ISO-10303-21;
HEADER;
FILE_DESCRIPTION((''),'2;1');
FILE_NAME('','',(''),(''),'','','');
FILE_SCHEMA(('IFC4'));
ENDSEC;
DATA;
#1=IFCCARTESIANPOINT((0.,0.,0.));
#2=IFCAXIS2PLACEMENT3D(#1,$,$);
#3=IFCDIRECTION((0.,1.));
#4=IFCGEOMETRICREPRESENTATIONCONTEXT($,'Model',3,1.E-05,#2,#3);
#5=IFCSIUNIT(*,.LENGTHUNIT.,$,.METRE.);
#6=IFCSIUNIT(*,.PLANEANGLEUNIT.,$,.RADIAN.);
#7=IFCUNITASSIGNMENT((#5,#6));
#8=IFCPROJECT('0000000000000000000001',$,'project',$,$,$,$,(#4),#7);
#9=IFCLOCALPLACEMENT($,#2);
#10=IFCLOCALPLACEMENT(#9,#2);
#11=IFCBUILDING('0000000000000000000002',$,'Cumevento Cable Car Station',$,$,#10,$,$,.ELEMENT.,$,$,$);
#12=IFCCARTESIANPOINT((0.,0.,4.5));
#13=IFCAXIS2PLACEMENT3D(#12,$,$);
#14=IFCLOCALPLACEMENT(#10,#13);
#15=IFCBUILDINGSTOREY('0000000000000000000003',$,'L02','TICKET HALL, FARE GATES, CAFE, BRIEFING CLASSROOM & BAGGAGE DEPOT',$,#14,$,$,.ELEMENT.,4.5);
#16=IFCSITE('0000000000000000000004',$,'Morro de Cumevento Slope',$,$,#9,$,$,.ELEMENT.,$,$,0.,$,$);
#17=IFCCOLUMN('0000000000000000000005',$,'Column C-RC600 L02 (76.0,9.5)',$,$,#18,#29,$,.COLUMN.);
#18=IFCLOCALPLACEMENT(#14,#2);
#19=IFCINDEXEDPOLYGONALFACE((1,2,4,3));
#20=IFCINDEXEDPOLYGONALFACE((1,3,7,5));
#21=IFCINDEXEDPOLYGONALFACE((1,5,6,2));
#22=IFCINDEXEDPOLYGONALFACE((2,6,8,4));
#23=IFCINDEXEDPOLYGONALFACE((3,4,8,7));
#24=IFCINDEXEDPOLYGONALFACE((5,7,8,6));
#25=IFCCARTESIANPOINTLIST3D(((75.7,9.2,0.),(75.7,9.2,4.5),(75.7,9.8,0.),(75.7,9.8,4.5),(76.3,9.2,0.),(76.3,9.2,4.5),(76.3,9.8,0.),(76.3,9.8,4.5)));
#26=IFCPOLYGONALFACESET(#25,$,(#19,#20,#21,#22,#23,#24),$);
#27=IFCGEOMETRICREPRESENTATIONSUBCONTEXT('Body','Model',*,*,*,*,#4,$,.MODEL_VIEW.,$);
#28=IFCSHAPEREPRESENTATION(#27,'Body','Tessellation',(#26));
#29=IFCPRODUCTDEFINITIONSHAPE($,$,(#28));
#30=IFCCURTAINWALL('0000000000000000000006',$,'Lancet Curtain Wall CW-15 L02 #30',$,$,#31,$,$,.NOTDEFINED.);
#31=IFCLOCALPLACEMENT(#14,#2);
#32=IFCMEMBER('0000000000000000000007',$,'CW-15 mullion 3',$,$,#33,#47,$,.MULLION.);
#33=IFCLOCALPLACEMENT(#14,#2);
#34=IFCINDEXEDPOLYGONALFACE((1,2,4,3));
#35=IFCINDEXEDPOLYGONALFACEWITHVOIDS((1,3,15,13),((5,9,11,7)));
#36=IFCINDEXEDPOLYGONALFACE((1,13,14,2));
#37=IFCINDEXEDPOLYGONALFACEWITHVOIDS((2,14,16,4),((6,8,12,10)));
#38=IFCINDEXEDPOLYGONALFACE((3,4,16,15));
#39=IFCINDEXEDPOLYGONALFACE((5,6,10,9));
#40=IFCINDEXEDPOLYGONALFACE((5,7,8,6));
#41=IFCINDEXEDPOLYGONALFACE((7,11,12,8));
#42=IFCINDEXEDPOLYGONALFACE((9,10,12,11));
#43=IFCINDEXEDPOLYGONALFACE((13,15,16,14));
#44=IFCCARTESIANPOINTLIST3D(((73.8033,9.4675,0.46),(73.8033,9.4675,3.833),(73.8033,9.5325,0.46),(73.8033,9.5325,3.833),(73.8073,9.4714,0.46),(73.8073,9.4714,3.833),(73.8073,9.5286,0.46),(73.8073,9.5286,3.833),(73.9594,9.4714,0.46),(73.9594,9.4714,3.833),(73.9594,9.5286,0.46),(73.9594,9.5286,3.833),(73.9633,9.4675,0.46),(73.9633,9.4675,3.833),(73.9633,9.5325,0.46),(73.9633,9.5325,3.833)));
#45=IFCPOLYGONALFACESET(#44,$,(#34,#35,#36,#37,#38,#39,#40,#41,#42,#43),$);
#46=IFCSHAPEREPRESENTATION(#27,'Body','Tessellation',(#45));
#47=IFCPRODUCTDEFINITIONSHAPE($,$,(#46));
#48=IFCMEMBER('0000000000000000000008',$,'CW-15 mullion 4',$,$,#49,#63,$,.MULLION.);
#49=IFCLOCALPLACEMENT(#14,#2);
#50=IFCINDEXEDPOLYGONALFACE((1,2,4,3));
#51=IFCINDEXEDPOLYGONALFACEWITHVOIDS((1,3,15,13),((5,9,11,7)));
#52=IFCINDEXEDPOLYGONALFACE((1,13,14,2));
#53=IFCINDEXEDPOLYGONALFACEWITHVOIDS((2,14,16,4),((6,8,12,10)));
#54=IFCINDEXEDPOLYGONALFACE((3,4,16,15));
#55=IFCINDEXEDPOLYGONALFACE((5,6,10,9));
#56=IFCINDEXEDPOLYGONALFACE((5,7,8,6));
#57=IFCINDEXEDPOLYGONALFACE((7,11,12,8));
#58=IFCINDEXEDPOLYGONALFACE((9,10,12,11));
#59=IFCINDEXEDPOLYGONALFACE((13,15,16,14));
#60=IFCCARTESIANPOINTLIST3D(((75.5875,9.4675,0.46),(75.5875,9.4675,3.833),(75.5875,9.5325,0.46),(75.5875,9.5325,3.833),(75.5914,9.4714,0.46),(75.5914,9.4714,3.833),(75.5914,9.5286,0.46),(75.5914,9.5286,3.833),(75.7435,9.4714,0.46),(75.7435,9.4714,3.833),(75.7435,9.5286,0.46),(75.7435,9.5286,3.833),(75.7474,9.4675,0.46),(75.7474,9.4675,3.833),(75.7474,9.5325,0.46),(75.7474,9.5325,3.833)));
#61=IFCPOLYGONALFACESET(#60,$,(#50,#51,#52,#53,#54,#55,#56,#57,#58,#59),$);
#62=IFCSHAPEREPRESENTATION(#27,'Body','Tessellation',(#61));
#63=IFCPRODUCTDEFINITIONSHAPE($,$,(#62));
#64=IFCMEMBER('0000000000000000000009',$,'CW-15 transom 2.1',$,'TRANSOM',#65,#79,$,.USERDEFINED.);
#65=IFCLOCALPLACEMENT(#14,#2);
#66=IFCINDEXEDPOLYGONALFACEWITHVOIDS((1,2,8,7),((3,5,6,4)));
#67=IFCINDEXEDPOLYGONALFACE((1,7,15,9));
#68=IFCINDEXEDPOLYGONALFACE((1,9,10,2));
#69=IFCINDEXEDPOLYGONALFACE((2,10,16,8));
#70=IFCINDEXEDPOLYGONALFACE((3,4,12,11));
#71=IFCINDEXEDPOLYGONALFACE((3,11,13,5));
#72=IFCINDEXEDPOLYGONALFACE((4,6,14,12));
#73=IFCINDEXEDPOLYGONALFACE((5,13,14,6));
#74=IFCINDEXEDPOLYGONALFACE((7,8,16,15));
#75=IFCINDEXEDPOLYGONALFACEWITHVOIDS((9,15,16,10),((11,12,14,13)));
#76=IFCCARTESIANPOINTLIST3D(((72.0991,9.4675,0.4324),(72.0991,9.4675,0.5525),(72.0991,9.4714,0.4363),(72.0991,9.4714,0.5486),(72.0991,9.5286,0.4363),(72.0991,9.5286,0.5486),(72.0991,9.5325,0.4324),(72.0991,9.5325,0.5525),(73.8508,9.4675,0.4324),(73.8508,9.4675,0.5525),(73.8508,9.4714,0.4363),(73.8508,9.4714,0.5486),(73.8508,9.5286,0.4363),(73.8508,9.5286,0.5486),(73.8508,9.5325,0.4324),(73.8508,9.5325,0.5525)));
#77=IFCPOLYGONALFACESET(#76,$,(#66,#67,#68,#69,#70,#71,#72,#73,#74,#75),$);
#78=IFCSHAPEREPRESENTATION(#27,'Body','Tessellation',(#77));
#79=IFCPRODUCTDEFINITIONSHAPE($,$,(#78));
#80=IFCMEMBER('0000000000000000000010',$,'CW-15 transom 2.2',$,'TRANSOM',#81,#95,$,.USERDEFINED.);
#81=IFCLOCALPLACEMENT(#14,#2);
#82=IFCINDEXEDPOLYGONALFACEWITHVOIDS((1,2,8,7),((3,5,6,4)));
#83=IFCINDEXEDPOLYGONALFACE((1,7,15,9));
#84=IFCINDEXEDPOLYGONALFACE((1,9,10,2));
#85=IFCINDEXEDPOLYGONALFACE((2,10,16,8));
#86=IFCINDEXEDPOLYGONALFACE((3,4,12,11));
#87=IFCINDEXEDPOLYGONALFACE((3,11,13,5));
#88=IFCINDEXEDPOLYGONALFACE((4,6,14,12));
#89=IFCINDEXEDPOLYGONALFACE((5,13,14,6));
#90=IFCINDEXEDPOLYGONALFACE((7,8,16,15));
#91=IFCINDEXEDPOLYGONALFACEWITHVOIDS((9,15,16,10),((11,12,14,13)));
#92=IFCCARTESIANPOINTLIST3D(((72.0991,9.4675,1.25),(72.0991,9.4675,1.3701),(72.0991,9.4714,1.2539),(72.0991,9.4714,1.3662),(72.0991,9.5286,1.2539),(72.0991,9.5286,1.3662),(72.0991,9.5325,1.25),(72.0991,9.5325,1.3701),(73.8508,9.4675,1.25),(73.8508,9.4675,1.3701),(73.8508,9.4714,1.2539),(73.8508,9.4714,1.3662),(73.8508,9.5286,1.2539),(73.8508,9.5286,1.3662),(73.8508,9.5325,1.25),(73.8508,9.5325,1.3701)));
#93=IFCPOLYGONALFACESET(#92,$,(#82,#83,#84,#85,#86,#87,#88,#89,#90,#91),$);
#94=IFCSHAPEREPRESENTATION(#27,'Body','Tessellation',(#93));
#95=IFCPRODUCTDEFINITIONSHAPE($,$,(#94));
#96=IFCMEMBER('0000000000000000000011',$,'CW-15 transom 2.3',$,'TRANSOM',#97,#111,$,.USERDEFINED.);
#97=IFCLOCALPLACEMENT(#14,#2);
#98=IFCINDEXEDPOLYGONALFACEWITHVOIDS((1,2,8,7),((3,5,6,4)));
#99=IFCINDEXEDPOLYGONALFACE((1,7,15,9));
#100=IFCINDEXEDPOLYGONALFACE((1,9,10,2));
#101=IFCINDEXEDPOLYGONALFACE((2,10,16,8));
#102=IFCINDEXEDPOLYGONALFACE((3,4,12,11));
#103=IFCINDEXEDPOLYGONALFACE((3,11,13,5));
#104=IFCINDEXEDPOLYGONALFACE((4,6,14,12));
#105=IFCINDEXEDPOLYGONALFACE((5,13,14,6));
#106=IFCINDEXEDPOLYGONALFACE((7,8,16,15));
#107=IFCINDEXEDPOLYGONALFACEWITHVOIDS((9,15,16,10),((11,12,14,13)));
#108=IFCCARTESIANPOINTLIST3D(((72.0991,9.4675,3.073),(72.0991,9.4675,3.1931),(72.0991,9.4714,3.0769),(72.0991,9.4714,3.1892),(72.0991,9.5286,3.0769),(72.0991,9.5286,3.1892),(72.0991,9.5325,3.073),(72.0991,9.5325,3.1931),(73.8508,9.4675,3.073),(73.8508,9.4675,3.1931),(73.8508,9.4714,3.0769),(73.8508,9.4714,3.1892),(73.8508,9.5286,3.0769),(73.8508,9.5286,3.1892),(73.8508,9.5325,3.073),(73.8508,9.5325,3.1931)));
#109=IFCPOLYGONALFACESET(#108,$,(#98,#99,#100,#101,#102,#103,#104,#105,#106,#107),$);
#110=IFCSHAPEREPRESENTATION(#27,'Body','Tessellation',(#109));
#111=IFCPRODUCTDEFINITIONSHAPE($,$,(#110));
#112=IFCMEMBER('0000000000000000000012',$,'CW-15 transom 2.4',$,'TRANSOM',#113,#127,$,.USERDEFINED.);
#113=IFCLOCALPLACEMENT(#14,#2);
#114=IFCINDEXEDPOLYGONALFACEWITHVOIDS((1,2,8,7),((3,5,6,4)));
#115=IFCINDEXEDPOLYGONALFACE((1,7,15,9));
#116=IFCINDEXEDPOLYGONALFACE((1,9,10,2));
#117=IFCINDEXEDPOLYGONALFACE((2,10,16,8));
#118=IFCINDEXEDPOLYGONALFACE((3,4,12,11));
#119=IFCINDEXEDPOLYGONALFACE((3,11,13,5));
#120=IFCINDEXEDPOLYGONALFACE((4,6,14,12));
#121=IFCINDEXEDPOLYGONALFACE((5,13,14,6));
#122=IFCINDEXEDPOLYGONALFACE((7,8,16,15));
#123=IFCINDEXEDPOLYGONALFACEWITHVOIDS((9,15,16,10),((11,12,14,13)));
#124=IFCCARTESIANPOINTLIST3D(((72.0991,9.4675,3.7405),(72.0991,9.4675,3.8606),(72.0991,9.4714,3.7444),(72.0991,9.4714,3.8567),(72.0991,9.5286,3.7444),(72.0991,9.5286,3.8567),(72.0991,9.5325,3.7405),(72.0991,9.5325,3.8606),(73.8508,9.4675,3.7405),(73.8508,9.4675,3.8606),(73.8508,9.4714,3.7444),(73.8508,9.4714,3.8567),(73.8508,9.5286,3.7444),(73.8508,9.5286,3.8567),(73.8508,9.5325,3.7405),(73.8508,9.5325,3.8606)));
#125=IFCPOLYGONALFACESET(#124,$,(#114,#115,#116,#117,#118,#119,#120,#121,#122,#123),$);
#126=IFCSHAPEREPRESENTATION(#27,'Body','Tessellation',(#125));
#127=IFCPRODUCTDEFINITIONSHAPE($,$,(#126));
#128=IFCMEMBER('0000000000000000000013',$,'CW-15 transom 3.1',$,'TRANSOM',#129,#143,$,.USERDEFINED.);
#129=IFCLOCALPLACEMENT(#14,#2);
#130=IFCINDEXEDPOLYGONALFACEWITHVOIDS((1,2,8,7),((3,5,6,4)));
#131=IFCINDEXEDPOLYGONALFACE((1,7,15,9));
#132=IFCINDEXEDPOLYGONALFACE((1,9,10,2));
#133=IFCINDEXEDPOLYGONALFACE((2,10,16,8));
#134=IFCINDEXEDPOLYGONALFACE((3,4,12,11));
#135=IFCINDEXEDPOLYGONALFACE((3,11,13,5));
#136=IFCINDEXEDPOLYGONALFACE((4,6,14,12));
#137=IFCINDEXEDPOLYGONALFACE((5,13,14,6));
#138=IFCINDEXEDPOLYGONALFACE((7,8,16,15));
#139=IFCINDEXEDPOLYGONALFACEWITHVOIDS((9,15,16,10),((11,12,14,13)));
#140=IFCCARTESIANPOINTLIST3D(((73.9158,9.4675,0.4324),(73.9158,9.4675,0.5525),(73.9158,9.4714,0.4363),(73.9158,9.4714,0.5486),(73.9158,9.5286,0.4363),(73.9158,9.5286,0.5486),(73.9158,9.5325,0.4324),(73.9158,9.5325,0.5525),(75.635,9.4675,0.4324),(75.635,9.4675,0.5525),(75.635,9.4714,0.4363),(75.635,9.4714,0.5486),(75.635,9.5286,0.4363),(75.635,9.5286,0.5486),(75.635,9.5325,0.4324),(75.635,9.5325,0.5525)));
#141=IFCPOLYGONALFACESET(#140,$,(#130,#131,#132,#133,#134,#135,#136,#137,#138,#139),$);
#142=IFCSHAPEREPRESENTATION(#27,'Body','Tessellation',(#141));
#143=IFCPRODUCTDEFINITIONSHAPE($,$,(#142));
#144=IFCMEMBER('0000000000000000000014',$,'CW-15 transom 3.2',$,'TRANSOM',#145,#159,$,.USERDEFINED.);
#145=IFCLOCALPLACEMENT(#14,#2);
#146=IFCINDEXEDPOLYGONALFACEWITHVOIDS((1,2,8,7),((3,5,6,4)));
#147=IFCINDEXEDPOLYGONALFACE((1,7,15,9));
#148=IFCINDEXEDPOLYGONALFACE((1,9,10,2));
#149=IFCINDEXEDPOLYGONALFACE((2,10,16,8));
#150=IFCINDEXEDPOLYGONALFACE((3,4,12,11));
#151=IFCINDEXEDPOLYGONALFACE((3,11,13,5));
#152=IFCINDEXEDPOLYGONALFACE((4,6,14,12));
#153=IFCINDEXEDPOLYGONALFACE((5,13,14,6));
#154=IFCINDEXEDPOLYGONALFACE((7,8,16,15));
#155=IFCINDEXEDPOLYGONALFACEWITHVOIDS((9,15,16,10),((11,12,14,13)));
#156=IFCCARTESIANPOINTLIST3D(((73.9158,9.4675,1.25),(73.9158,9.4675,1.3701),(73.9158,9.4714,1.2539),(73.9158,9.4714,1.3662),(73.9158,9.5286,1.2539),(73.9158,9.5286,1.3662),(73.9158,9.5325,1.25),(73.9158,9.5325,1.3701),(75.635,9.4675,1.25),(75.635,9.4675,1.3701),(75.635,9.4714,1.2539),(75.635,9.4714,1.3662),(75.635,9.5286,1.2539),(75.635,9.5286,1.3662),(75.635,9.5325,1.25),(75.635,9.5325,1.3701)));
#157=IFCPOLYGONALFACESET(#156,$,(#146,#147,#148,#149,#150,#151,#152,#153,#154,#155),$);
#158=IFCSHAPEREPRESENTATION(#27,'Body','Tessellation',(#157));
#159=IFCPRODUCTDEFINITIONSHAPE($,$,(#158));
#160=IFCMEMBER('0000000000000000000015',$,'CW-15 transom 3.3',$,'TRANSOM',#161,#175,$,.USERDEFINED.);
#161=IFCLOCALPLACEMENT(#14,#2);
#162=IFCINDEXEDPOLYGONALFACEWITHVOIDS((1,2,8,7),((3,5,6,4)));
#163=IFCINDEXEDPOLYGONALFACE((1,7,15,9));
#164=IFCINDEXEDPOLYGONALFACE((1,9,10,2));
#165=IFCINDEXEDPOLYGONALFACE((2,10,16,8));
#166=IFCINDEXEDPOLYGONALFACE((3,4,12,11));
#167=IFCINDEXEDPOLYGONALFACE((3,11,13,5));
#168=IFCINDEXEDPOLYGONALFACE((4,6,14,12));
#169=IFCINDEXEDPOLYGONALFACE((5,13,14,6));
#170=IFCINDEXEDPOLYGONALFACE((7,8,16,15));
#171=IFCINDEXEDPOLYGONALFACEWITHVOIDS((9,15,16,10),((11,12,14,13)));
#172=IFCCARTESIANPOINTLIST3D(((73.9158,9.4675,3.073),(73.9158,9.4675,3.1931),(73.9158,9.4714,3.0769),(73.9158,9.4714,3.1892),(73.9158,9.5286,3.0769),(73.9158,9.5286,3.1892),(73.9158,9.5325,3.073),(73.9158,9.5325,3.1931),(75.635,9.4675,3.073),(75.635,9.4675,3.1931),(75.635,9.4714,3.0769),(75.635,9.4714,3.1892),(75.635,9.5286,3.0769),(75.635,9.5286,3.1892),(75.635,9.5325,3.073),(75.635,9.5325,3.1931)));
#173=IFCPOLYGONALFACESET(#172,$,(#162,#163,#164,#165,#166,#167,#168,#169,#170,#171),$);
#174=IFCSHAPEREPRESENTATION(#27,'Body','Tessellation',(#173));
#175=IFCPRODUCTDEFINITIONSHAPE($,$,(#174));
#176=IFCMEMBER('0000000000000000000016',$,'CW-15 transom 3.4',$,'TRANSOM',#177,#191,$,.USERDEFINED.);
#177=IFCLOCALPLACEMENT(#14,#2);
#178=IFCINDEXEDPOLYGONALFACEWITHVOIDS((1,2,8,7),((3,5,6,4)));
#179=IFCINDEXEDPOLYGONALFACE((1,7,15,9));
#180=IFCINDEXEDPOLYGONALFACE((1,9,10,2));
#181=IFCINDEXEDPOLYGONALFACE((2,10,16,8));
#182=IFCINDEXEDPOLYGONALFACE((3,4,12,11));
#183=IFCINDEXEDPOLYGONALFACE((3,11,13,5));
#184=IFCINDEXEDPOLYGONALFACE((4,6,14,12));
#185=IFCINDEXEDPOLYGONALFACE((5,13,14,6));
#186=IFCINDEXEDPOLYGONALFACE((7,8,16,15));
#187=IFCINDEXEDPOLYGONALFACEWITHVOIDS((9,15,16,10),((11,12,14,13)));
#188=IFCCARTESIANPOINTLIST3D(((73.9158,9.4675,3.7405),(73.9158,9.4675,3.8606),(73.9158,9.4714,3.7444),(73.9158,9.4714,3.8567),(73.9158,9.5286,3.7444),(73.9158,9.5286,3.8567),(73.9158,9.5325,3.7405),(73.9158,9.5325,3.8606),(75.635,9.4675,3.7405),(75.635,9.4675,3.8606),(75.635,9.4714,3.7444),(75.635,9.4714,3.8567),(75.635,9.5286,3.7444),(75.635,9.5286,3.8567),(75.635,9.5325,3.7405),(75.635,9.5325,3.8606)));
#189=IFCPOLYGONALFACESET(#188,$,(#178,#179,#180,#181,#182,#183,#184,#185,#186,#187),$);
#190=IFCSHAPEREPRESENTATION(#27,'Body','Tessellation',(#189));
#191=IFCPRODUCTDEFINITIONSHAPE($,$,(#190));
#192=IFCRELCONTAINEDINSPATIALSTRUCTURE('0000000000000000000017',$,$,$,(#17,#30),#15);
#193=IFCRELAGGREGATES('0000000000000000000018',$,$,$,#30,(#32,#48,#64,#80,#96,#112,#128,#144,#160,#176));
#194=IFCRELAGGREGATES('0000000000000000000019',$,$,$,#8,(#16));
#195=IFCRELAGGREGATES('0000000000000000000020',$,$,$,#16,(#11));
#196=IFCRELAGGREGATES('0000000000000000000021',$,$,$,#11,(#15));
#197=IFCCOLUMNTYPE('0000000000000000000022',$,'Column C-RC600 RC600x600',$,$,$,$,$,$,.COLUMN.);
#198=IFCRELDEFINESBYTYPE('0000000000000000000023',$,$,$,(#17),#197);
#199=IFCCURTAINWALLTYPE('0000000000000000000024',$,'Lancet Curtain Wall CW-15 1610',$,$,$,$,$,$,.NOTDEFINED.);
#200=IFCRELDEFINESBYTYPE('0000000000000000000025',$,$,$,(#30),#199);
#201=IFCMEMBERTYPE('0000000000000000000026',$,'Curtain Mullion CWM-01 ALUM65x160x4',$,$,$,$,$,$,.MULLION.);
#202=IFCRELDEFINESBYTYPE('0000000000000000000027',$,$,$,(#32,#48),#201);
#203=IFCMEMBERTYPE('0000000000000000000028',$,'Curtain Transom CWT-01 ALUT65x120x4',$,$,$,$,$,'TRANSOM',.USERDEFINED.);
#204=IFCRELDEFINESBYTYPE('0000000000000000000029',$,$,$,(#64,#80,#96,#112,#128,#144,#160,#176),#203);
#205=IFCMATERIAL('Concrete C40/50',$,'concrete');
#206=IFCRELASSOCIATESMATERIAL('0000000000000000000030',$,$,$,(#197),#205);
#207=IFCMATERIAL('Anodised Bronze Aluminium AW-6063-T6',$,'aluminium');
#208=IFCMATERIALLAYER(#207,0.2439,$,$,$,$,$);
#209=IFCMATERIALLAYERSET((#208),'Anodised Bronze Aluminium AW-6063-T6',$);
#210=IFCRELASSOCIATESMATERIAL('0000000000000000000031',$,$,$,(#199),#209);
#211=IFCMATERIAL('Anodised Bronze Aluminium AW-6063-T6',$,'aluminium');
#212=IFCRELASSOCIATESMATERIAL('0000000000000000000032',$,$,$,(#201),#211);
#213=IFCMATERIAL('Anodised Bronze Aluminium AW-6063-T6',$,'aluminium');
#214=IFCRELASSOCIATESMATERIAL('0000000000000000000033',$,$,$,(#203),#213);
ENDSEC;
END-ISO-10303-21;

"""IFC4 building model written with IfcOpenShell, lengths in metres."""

from ifc_helpers import new_model, si_unit, direction, frame, origin, origin_2d, place, context, subcontext, project, spatial, rectangle, hollow_rectangle, extrude, material, layer, layer_set, material_profile, profile_set, type_object, element, aggregate, save


model = new_model("IFC4")

# Units and contexts
model_context = context("Model", 3, precision=1e-05, world=origin(), true_north=direction((0.0, 1.0)))
body_context = subcontext(model_context, "Body", "Model", "MODEL_VIEW")
ifc_project = project(units=[si_unit("LENGTHUNIT", "METRE"), si_unit("PLANEANGLEUNIT", "RADIAN")], contexts=[model_context])

# Site, building, storey
site_placement = place(None, origin())
site = spatial("IfcSite", under=ifc_project, at=site_placement, Name="Morro de Cumevento Slope", CompositionType="ELEMENT", RefElevation=0.0)
building_placement = place(site_placement, origin())
building = spatial("IfcBuilding", under=site, at=building_placement, Name="Cumevento Cable Car Station", CompositionType="ELEMENT")
storey_placement = place(building_placement, frame((0.0, 0.0, 4.5)))
storey = spatial("IfcBuildingStorey", under=building, at=storey_placement, Name="L02", Description="TICKET HALL, FARE GATES, CAFE, BRIEFING CLASSROOM & BAGGAGE DEPOT", CompositionType="ELEMENT", Elevation=4.5)

# Column
ifc_material_1 = material(Name="Concrete C40/50", Category="concrete")
ifc_material_profile_1 = material_profile(ifc_material_1, rectangle(XDim=0.6001, YDim=0.6001, at=origin_2d()), Name="RC600x600")
ifc_profile_set_1 = profile_set([ifc_material_profile_1], Name="Concrete C40/50")
column_type = type_object("IfcColumnType", Name="Column C-RC600 RC600x600", PredefinedType="COLUMN", material=ifc_profile_set_1)
column_placement = place(storey_placement, frame((76.0, 9.5, 0.0), z_axis=(0.0, 0.0, 1.0), x_axis=(1.0, 0.0, 0.0)))
element("IfcColumn", 1, at=column_placement, inside=storey, type_object=column_type, Name="Column C-RC600 L02 (76.0,9.5)", PredefinedType="COLUMN", context=body_context, shape_type="SweptSolid", body=[
    extrude(rectangle(XDim=0.6001, YDim=0.6001, at=origin_2d()), origin(), (0.0, 0.0, 1.0), 4.5),
])

# Curtain wall, members
ifc_material_2 = material(Name="Anodised Bronze Aluminium AW-6063-T6", Category="aluminium")
ifc_layer_1 = layer(ifc_material_2, 0.2439)
ifc_layer_set_1 = layer_set([ifc_layer_1], Name="Anodised Bronze Aluminium AW-6063-T6")
curtain_wall_type = type_object("IfcCurtainWallType", Name="Lancet Curtain Wall CW-15 1610", PredefinedType="NOTDEFINED", material=ifc_layer_set_1)
curtain_wall_placement = place(storey_placement, origin())
curtain_wall = element("IfcCurtainWall", 2, at=curtain_wall_placement, inside=storey, type_object=curtain_wall_type, Name="Lancet Curtain Wall CW-15 L02 #30", PredefinedType="NOTDEFINED")
ifc_material_3 = material(Name="Anodised Bronze Aluminium AW-6063-T6", Category="aluminium")
ifc_material_profile_2 = material_profile(ifc_material_3, hollow_rectangle(XDim=0.0649, YDim=0.1599, WallThickness=0.0039, at=origin_2d()), Name="ALUM65x160x4")
ifc_profile_set_2 = profile_set([ifc_material_profile_2], Name="Anodised Bronze Aluminium AW-6063-T6")
member_type_1 = type_object("IfcMemberType", Name="Curtain Mullion CWM-01 ALUM65x160x4", PredefinedType="MULLION", material=ifc_profile_set_2)
member_1_placement = place(storey_placement, frame((73.8833, 9.5, 0.46), z_axis=(0.0, 0.0, 1.0), x_axis=(0.0, 1.0, 0.0)))
member_1 = element("IfcMember", 3, at=member_1_placement, type_object=member_type_1, Name="CW-15 mullion 3", PredefinedType="MULLION", context=body_context, shape_type="SweptSolid", body=[
    extrude(hollow_rectangle(XDim=0.0649, YDim=0.1599, WallThickness=0.0039, at=origin_2d()), origin(), (0.0, 0.0, 1.0), 3.373),
])
member_2_placement = place(storey_placement, frame((75.6675, 9.5, 0.46), z_axis=(0.0, 0.0, 1.0), x_axis=(0.0, 1.0, 0.0)))
member_2 = element("IfcMember", 4, at=member_2_placement, type_object=member_type_1, Name="CW-15 mullion 4", PredefinedType="MULLION", context=body_context, shape_type="SweptSolid", body=[
    extrude(hollow_rectangle(XDim=0.0649, YDim=0.1599, WallThickness=0.0039, at=origin_2d()), origin(), (0.0, 0.0, 1.0), 3.373),
])
ifc_material_4 = material(Name="Anodised Bronze Aluminium AW-6063-T6", Category="aluminium")
ifc_material_profile_3 = material_profile(ifc_material_4, hollow_rectangle(XDim=0.0649, YDim=0.1201, WallThickness=0.0039, at=origin_2d()), Name="ALUT65x120x4")
ifc_profile_set_3 = profile_set([ifc_material_profile_3], Name="Anodised Bronze Aluminium AW-6063-T6")
member_type_2 = type_object("IfcMemberType", Name="Curtain Transom CWT-01 ALUT65x120x4", ElementType="TRANSOM", PredefinedType="USERDEFINED", material=ifc_profile_set_3)
member_3_placement = place(storey_placement, frame((72.0991, 9.5, 0.4924), z_axis=(1.0, 0.0, 0.0), x_axis=(0.0, 1.0, 0.0)))
member_3 = element("IfcMember", 5, at=member_3_placement, type_object=member_type_2, Name="CW-15 transom 2.1", ObjectType="TRANSOM", PredefinedType="USERDEFINED", context=body_context, shape_type="SweptSolid", body=[
    extrude(hollow_rectangle(XDim=0.0649, YDim=0.1201, WallThickness=0.0039, at=origin_2d()), origin(), (0.0, 0.0, 1.0), 1.7517),
])
member_4_placement = place(storey_placement, frame((72.0991, 9.5, 1.3101), z_axis=(1.0, 0.0, 0.0), x_axis=(0.0, 1.0, 0.0)))
member_4 = element("IfcMember", 6, at=member_4_placement, type_object=member_type_2, Name="CW-15 transom 2.2", ObjectType="TRANSOM", PredefinedType="USERDEFINED", context=body_context, shape_type="SweptSolid", body=[
    extrude(hollow_rectangle(XDim=0.0649, YDim=0.1201, WallThickness=0.0039, at=origin_2d()), origin(), (0.0, 0.0, 1.0), 1.7517),
])
member_5_placement = place(storey_placement, frame((72.0991, 9.5, 3.1331), z_axis=(1.0, 0.0, 0.0), x_axis=(0.0, 1.0, 0.0)))
member_5 = element("IfcMember", 7, at=member_5_placement, type_object=member_type_2, Name="CW-15 transom 2.3", ObjectType="TRANSOM", PredefinedType="USERDEFINED", context=body_context, shape_type="SweptSolid", body=[
    extrude(hollow_rectangle(XDim=0.0649, YDim=0.1201, WallThickness=0.0039, at=origin_2d()), origin(), (0.0, 0.0, 1.0), 1.7517),
])
member_6_placement = place(storey_placement, frame((72.0991, 9.5, 3.8005), z_axis=(1.0, 0.0, 0.0), x_axis=(0.0, 1.0, 0.0)))
member_6 = element("IfcMember", 8, at=member_6_placement, type_object=member_type_2, Name="CW-15 transom 2.4", ObjectType="TRANSOM", PredefinedType="USERDEFINED", context=body_context, shape_type="SweptSolid", body=[
    extrude(hollow_rectangle(XDim=0.0649, YDim=0.1201, WallThickness=0.0039, at=origin_2d()), origin(), (0.0, 0.0, 1.0), 1.7517),
])
member_7_placement = place(storey_placement, frame((73.9158, 9.5, 0.4924), z_axis=(1.0, 0.0, 0.0), x_axis=(0.0, 1.0, 0.0)))
member_7 = element("IfcMember", 9, at=member_7_placement, type_object=member_type_2, Name="CW-15 transom 3.1", ObjectType="TRANSOM", PredefinedType="USERDEFINED", context=body_context, shape_type="SweptSolid", body=[
    extrude(hollow_rectangle(XDim=0.0649, YDim=0.1201, WallThickness=0.0039, at=origin_2d()), origin(), (0.0, 0.0, 1.0), 1.7192),
])
member_8_placement = place(storey_placement, frame((73.9158, 9.5, 1.3101), z_axis=(1.0, 0.0, 0.0), x_axis=(0.0, 1.0, 0.0)))
member_8 = element("IfcMember", 10, at=member_8_placement, type_object=member_type_2, Name="CW-15 transom 3.2", ObjectType="TRANSOM", PredefinedType="USERDEFINED", context=body_context, shape_type="SweptSolid", body=[
    extrude(hollow_rectangle(XDim=0.0649, YDim=0.1201, WallThickness=0.0039, at=origin_2d()), origin(), (0.0, 0.0, 1.0), 1.7192),
])
member_9_placement = place(storey_placement, frame((73.9158, 9.5, 3.1331), z_axis=(1.0, 0.0, 0.0), x_axis=(0.0, 1.0, 0.0)))
member_9 = element("IfcMember", 11, at=member_9_placement, type_object=member_type_2, Name="CW-15 transom 3.3", ObjectType="TRANSOM", PredefinedType="USERDEFINED", context=body_context, shape_type="SweptSolid", body=[
    extrude(hollow_rectangle(XDim=0.0649, YDim=0.1201, WallThickness=0.0039, at=origin_2d()), origin(), (0.0, 0.0, 1.0), 1.7192),
])
member_10_placement = place(storey_placement, frame((73.9158, 9.5, 3.8005), z_axis=(1.0, 0.0, 0.0), x_axis=(0.0, 1.0, 0.0)))
member_10 = element("IfcMember", 12, at=member_10_placement, type_object=member_type_2, Name="CW-15 transom 3.4", ObjectType="TRANSOM", PredefinedType="USERDEFINED", context=body_context, shape_type="SweptSolid", body=[
    extrude(hollow_rectangle(XDim=0.0649, YDim=0.1201, WallThickness=0.0039, at=origin_2d()), origin(), (0.0, 0.0, 1.0), 1.7192),
])

aggregate(curtain_wall, [member_1, member_2, member_3, member_4, member_5, member_6, member_7, member_8, member_9, member_10])

save(model, "model.ifc")
